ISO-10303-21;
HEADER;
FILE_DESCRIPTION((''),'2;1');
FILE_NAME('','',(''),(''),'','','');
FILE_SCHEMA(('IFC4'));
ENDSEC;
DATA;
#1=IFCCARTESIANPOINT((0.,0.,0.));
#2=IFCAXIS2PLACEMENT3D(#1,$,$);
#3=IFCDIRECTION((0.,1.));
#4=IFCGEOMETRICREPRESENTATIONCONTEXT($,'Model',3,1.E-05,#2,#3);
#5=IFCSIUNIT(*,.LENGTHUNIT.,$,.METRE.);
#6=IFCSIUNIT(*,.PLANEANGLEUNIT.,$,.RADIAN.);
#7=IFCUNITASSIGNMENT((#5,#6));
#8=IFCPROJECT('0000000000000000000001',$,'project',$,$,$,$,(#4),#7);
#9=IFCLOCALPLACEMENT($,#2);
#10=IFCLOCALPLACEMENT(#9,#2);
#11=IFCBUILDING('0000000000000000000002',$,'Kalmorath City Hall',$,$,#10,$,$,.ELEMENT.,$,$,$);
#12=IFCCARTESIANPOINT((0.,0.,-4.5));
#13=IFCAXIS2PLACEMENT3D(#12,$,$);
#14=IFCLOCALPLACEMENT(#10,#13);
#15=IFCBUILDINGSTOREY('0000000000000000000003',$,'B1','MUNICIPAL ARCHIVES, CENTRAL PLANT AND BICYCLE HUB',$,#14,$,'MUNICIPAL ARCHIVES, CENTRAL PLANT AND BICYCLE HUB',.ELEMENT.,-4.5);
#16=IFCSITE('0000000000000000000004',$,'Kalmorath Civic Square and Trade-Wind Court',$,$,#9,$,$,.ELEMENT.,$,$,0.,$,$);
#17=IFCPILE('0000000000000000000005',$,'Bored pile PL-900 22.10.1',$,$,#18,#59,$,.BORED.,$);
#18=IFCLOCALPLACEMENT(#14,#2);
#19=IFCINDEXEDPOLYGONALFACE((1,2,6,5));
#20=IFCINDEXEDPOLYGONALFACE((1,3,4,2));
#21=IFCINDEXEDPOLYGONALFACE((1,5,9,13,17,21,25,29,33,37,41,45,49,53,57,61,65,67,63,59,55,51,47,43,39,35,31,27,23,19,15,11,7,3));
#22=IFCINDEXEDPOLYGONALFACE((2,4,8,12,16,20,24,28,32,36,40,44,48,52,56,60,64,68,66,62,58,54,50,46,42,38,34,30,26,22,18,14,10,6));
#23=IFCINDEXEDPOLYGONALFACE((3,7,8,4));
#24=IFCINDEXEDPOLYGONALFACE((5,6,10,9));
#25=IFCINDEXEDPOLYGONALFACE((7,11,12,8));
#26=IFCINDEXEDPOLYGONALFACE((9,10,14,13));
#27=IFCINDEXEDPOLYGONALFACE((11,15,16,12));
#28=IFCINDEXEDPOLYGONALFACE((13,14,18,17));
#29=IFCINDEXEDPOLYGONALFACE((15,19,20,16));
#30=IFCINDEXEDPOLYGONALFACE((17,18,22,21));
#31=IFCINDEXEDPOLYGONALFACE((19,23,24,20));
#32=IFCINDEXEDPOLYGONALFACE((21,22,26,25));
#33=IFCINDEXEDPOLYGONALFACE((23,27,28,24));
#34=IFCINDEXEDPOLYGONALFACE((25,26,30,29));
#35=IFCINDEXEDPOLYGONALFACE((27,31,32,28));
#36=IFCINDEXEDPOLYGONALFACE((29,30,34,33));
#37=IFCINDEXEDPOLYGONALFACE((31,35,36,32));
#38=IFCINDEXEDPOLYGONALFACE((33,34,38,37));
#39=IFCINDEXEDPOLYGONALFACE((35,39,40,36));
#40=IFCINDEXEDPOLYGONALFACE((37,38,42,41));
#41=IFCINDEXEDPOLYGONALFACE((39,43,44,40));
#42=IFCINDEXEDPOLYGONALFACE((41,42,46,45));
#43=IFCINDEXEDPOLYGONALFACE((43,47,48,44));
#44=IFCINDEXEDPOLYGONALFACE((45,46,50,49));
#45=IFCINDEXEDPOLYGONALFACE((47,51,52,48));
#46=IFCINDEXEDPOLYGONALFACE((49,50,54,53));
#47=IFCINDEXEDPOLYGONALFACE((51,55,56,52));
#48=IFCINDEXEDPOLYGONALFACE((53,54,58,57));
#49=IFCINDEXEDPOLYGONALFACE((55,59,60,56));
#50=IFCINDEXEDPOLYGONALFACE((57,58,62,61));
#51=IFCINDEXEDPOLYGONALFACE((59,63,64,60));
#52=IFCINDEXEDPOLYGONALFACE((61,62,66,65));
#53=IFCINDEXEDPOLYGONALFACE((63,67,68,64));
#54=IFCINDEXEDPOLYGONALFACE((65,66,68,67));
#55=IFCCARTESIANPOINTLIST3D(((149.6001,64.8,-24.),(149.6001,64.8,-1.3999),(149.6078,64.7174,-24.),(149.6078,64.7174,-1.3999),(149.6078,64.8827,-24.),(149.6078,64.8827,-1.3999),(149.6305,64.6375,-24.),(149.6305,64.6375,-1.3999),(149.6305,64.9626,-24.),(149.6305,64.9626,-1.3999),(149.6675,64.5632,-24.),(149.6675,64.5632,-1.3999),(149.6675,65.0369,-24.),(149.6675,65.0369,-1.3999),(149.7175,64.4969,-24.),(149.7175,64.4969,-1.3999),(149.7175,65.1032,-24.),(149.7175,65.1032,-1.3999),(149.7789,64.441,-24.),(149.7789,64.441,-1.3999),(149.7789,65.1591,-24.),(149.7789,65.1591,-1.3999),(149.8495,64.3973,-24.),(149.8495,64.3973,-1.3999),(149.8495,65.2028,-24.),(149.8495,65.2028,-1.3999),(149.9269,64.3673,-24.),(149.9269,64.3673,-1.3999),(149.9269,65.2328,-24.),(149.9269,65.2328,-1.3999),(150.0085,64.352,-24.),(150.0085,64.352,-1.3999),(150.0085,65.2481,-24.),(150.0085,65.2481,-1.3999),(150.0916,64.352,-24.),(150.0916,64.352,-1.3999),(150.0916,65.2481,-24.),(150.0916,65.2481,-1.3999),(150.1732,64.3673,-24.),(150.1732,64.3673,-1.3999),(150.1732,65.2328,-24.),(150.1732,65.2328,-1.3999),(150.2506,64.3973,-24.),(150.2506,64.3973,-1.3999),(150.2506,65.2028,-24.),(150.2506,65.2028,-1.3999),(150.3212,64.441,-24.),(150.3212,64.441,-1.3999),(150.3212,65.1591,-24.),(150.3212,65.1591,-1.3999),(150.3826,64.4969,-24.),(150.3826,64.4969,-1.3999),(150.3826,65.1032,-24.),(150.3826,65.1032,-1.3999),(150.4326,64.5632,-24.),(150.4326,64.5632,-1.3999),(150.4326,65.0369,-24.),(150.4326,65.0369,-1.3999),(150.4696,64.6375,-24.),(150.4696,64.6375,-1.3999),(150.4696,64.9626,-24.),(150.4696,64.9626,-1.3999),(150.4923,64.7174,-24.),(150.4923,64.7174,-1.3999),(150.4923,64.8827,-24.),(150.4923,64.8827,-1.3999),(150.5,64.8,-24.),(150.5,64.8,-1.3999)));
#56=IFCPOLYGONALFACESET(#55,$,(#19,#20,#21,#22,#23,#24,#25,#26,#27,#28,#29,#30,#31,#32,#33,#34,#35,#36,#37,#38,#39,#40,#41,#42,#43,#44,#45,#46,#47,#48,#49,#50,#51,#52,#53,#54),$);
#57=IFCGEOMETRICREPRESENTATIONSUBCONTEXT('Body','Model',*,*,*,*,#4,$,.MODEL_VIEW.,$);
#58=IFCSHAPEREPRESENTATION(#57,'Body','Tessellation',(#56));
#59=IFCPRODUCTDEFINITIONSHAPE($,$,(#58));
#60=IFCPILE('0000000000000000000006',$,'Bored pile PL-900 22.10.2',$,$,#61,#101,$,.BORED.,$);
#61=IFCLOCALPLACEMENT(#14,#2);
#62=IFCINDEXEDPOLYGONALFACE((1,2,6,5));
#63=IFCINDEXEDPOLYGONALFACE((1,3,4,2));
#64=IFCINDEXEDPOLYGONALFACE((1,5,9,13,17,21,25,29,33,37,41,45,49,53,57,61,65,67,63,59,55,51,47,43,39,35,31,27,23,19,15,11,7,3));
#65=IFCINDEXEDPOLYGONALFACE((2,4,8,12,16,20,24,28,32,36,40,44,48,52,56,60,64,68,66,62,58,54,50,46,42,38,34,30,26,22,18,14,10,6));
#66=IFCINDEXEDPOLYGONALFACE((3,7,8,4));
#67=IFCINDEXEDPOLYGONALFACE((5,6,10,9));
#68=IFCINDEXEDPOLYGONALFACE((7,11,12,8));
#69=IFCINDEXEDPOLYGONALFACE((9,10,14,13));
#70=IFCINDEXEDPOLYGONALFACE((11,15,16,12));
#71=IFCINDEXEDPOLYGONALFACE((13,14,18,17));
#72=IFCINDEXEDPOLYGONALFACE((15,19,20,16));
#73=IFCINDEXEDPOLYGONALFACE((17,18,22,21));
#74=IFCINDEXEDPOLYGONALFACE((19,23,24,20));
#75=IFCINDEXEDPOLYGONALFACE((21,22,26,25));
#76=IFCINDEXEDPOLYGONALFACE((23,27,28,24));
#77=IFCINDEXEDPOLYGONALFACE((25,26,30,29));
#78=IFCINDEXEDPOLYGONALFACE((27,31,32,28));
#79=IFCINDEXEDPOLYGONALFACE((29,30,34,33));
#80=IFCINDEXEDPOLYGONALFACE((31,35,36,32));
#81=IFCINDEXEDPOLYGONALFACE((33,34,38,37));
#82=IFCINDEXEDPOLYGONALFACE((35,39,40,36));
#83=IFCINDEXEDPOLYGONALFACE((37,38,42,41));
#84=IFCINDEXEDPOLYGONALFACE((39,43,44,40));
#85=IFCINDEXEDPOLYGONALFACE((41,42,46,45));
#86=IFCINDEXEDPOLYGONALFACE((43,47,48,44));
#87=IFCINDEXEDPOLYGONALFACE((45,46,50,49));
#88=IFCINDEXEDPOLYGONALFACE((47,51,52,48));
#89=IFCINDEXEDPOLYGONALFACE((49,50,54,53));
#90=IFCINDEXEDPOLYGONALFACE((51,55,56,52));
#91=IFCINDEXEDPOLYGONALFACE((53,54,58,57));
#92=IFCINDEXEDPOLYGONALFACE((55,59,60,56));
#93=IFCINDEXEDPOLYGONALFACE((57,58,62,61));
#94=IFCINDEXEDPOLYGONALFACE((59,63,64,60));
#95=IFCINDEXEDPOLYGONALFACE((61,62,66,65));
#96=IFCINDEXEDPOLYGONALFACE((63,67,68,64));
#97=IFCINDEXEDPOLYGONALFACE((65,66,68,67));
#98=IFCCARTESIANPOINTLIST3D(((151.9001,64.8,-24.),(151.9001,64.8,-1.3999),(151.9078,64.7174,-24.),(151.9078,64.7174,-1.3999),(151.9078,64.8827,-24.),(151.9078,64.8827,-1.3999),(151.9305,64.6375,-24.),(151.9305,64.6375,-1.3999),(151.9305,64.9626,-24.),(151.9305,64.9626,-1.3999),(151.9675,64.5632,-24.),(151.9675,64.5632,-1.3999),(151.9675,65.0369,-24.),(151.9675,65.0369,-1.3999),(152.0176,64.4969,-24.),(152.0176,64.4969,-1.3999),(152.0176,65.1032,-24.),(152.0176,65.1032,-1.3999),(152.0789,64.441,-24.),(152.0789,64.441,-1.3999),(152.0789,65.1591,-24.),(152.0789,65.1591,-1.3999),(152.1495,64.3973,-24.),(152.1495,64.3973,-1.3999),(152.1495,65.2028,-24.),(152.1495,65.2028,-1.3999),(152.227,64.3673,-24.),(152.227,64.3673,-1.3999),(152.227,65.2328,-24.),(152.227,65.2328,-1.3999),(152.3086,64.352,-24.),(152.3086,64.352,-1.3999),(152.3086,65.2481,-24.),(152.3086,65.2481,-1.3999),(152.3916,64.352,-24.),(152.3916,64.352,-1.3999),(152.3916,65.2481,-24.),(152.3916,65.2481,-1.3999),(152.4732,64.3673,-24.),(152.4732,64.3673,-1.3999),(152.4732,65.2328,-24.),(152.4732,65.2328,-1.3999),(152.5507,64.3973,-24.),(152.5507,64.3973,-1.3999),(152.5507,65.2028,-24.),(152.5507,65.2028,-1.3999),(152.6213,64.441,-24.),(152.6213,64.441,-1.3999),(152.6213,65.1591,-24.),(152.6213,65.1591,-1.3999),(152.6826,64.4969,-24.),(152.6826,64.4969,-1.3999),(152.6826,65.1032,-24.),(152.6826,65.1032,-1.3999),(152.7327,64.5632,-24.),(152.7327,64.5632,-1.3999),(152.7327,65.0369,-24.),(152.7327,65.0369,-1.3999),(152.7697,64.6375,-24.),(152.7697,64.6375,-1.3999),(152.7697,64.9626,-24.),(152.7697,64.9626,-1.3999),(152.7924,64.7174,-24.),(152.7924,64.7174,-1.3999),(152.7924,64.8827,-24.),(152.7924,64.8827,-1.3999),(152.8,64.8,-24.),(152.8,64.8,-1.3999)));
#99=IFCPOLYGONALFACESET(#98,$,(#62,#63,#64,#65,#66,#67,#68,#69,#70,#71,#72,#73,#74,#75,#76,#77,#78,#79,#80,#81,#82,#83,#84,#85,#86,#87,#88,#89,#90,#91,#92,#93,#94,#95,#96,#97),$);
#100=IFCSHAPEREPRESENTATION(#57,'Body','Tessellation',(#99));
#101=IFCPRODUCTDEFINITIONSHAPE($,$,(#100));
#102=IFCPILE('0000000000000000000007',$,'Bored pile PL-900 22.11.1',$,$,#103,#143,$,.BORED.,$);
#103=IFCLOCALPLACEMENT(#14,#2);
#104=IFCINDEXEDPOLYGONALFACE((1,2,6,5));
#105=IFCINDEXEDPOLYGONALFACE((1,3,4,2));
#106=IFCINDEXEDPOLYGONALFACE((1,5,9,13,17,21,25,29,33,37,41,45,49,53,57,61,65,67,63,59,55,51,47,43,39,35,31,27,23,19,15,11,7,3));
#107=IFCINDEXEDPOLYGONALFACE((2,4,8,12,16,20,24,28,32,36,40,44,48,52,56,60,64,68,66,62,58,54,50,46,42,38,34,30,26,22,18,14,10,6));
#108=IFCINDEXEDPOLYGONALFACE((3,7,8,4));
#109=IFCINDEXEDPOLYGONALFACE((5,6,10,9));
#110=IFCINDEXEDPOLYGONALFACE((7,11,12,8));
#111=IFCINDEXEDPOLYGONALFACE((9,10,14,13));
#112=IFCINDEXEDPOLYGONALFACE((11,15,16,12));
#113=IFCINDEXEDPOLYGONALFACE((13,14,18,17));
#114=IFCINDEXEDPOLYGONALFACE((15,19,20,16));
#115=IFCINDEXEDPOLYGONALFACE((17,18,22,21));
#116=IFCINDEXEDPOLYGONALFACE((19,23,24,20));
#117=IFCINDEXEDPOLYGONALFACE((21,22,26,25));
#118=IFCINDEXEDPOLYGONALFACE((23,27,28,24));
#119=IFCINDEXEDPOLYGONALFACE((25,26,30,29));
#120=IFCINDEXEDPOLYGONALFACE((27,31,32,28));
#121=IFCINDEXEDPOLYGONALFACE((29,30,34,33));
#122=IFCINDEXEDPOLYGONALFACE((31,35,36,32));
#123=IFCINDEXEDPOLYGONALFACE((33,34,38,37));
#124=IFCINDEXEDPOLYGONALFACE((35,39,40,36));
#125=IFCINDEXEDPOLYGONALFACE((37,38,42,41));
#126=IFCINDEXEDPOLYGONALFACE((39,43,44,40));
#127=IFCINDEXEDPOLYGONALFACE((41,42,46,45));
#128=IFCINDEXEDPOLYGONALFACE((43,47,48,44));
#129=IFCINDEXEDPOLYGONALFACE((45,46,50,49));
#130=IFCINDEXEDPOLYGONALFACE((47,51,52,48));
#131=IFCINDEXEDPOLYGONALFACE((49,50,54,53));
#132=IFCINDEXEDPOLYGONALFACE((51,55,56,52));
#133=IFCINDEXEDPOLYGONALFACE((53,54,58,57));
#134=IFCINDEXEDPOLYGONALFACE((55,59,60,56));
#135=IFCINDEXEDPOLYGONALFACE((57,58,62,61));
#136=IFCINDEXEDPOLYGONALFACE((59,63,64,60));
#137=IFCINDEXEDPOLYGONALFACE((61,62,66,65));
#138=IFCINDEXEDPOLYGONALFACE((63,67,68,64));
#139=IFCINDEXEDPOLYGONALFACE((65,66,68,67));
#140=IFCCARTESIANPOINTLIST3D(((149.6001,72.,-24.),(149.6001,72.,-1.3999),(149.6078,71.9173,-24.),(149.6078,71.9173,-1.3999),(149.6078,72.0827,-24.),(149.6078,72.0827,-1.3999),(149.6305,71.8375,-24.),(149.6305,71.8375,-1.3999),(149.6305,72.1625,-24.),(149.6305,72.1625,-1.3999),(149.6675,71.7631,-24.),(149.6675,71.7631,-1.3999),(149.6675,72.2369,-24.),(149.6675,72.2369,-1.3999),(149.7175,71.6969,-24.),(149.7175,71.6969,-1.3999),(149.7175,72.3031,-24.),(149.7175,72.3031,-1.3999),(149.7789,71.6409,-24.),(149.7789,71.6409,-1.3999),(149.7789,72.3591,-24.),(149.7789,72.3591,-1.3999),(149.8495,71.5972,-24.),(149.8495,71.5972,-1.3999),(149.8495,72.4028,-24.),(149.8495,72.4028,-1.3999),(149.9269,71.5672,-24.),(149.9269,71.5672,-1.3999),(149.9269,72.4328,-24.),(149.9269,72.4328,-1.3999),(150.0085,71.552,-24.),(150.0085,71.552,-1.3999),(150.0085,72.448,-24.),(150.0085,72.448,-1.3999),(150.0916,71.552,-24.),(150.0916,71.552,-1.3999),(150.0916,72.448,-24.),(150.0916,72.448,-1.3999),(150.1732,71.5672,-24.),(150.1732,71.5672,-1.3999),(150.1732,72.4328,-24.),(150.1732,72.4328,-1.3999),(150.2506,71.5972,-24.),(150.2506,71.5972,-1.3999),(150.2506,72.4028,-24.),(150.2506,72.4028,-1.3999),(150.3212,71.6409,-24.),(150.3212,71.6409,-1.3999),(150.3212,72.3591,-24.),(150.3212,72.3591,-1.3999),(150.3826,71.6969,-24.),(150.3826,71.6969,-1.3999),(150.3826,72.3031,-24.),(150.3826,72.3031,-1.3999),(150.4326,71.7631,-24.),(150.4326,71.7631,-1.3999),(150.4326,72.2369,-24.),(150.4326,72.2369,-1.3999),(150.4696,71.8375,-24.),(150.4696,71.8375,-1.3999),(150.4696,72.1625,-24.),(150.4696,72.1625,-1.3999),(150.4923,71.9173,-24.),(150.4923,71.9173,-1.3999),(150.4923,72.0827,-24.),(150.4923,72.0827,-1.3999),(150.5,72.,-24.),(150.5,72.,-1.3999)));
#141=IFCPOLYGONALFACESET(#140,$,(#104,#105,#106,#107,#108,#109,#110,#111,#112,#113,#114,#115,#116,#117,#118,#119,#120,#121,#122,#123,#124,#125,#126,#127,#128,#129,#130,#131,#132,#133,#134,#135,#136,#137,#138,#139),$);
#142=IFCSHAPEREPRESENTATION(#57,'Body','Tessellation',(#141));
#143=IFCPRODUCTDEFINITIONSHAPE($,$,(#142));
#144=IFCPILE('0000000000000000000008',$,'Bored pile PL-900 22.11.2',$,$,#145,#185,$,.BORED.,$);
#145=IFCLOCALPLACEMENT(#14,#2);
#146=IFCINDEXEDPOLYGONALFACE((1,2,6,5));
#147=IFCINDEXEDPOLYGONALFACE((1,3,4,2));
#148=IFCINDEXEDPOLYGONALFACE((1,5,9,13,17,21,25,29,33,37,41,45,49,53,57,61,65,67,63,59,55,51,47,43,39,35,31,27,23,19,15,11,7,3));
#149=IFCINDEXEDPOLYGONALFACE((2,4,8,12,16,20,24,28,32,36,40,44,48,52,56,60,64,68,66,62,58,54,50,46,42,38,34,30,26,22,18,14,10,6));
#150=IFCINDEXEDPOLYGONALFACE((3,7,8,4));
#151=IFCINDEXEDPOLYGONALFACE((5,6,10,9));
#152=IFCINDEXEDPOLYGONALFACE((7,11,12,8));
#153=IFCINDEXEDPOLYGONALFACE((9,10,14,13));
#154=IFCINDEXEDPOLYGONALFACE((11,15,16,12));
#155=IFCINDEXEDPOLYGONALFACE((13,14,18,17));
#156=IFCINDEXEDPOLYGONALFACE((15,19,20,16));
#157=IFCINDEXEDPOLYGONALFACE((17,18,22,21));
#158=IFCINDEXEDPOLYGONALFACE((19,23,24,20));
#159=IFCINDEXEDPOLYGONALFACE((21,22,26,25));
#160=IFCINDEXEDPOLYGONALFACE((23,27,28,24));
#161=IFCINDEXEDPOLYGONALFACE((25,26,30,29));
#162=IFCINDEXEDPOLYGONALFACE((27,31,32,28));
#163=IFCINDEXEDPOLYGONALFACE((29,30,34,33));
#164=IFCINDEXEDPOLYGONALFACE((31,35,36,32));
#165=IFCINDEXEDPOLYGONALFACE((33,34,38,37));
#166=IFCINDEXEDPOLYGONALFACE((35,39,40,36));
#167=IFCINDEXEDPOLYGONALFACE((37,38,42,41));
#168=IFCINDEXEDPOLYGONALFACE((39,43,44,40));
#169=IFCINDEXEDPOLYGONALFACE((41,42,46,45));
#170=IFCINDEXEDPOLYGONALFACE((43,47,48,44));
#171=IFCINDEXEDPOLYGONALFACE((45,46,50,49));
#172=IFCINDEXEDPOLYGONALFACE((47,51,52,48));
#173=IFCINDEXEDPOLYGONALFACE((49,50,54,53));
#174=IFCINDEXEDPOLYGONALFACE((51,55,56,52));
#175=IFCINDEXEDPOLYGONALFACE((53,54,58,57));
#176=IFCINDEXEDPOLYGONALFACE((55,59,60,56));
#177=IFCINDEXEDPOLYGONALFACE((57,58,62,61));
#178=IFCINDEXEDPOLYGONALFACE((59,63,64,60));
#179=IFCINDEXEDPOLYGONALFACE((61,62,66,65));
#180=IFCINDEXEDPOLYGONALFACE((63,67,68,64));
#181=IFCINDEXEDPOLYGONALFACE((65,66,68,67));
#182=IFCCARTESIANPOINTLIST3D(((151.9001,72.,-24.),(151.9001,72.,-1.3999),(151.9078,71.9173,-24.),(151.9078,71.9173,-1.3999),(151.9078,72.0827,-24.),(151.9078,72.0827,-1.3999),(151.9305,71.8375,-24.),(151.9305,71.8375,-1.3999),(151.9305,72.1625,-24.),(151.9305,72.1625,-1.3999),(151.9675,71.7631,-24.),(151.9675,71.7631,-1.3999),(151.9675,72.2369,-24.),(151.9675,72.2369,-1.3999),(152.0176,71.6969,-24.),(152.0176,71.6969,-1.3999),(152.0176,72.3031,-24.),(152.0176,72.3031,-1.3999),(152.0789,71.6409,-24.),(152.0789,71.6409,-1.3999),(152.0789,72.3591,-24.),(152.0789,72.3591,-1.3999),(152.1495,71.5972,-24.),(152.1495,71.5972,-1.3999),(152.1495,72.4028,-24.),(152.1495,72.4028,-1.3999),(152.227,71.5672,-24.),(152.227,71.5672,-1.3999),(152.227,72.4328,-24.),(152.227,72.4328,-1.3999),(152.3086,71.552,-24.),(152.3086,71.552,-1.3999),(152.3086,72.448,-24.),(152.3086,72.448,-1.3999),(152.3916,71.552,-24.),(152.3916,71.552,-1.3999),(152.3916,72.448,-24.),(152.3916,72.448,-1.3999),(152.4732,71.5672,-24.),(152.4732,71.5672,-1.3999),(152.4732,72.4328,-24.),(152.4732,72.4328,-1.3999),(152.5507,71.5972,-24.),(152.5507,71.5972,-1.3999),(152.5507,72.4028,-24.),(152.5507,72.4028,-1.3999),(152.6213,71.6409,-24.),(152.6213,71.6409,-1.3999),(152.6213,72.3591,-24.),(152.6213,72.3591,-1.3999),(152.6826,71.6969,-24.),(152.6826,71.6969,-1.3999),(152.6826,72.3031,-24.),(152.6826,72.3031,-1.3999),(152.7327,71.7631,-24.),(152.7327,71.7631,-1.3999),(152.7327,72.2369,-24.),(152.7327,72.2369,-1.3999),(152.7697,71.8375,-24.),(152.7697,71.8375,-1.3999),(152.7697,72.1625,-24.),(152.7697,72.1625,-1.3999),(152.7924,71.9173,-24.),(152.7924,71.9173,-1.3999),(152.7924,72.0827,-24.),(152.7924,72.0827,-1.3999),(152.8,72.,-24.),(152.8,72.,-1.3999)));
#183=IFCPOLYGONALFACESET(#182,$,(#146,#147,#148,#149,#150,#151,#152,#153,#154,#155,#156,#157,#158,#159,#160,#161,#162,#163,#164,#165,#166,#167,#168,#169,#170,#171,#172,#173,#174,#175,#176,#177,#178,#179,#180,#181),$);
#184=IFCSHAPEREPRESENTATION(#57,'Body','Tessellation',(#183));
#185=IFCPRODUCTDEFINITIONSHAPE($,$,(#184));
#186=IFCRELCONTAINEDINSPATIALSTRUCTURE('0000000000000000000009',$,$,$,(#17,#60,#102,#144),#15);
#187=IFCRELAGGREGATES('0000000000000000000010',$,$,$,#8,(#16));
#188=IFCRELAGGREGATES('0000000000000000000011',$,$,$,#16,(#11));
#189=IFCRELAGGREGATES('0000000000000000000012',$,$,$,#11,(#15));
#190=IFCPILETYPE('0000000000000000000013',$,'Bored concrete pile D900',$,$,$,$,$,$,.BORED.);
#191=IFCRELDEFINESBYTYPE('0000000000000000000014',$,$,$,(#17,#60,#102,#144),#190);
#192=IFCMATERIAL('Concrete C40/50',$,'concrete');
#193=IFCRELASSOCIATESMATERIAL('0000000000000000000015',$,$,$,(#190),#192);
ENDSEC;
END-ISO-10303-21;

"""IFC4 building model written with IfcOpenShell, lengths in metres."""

from ifc_helpers import new_model, si_unit, direction, frame, origin, origin_2d, place, context, subcontext, project, spatial, circle, extrude, material, material_profile, profile_set, type_object, element, save


model = new_model("IFC4")

# Units and contexts
model_context = context("Model", 3, precision=1e-05, world=origin(), true_north=direction((0.0, 1.0)))
body_context = subcontext(model_context, "Body", "Model", "MODEL_VIEW")
ifc_project = project(units=[si_unit("LENGTHUNIT", "METRE"), si_unit("PLANEANGLEUNIT", "RADIAN")], contexts=[model_context])

# Site, building, storey
site_placement = place(None, origin())
site = spatial("IfcSite", under=ifc_project, at=site_placement, Name="Kalmorath Civic Square and Trade-Wind Court", CompositionType="ELEMENT", RefElevation=0.0)
building_placement = place(site_placement, origin())
building = spatial("IfcBuilding", under=site, at=building_placement, Name="Kalmorath City Hall", CompositionType="ELEMENT")
storey_placement = place(building_placement, frame((0.0, 0.0, -4.5)))
storey = spatial("IfcBuildingStorey", under=building, at=storey_placement, Name="B1", Description="MUNICIPAL ARCHIVES, CENTRAL PLANT AND BICYCLE HUB", LongName="MUNICIPAL ARCHIVES, CENTRAL PLANT AND BICYCLE HUB", CompositionType="ELEMENT", Elevation=-4.5)

# Piles
ifc_material_1 = material(Name="Concrete C40/50", Category="concrete")
ifc_material_profile_1 = material_profile(ifc_material_1, circle(Radius=0.45, at=origin_2d()), Name="PILE-D900")
ifc_profile_set_1 = profile_set([ifc_material_profile_1], Name="Concrete C40/50")
pile_type = type_object("IfcPileType", Name="Bored concrete pile D900", PredefinedType="BORED", material=ifc_profile_set_1)
for number, where, z_axis, x_axis, name in (
    (1, (150.05, 64.8, -1.3999), (0.0, 0.0, -1.0), (1.0, 0.0, 0.0), "Bored pile PL-900 22.10.1"),
    (2, (152.3501, 64.8, -1.3999), (0.0, 0.0, -1.0), (1.0, 0.0, 0.0), "Bored pile PL-900 22.10.2"),
    (3, (150.05, 72.0, -1.3999), (0.0, 0.0, -1.0), (1.0, 0.0, 0.0), "Bored pile PL-900 22.11.1"),
    (4, (152.3501, 72.0, -1.3999), (0.0, 0.0, -1.0), (1.0, 0.0, 0.0), "Bored pile PL-900 22.11.2"),
):
    element("IfcPile", number, at=place(storey_placement, frame(where, z_axis=z_axis, x_axis=x_axis)), inside=storey, type_object=pile_type, Name=name, PredefinedType="BORED", context=body_context, shape_type="SweptSolid", body=[
        extrude(circle(Radius=0.45, at=origin_2d()), origin(), (0.0, 0.0, 1.0), 22.6001),
    ])

save(model, "model.ifc")
